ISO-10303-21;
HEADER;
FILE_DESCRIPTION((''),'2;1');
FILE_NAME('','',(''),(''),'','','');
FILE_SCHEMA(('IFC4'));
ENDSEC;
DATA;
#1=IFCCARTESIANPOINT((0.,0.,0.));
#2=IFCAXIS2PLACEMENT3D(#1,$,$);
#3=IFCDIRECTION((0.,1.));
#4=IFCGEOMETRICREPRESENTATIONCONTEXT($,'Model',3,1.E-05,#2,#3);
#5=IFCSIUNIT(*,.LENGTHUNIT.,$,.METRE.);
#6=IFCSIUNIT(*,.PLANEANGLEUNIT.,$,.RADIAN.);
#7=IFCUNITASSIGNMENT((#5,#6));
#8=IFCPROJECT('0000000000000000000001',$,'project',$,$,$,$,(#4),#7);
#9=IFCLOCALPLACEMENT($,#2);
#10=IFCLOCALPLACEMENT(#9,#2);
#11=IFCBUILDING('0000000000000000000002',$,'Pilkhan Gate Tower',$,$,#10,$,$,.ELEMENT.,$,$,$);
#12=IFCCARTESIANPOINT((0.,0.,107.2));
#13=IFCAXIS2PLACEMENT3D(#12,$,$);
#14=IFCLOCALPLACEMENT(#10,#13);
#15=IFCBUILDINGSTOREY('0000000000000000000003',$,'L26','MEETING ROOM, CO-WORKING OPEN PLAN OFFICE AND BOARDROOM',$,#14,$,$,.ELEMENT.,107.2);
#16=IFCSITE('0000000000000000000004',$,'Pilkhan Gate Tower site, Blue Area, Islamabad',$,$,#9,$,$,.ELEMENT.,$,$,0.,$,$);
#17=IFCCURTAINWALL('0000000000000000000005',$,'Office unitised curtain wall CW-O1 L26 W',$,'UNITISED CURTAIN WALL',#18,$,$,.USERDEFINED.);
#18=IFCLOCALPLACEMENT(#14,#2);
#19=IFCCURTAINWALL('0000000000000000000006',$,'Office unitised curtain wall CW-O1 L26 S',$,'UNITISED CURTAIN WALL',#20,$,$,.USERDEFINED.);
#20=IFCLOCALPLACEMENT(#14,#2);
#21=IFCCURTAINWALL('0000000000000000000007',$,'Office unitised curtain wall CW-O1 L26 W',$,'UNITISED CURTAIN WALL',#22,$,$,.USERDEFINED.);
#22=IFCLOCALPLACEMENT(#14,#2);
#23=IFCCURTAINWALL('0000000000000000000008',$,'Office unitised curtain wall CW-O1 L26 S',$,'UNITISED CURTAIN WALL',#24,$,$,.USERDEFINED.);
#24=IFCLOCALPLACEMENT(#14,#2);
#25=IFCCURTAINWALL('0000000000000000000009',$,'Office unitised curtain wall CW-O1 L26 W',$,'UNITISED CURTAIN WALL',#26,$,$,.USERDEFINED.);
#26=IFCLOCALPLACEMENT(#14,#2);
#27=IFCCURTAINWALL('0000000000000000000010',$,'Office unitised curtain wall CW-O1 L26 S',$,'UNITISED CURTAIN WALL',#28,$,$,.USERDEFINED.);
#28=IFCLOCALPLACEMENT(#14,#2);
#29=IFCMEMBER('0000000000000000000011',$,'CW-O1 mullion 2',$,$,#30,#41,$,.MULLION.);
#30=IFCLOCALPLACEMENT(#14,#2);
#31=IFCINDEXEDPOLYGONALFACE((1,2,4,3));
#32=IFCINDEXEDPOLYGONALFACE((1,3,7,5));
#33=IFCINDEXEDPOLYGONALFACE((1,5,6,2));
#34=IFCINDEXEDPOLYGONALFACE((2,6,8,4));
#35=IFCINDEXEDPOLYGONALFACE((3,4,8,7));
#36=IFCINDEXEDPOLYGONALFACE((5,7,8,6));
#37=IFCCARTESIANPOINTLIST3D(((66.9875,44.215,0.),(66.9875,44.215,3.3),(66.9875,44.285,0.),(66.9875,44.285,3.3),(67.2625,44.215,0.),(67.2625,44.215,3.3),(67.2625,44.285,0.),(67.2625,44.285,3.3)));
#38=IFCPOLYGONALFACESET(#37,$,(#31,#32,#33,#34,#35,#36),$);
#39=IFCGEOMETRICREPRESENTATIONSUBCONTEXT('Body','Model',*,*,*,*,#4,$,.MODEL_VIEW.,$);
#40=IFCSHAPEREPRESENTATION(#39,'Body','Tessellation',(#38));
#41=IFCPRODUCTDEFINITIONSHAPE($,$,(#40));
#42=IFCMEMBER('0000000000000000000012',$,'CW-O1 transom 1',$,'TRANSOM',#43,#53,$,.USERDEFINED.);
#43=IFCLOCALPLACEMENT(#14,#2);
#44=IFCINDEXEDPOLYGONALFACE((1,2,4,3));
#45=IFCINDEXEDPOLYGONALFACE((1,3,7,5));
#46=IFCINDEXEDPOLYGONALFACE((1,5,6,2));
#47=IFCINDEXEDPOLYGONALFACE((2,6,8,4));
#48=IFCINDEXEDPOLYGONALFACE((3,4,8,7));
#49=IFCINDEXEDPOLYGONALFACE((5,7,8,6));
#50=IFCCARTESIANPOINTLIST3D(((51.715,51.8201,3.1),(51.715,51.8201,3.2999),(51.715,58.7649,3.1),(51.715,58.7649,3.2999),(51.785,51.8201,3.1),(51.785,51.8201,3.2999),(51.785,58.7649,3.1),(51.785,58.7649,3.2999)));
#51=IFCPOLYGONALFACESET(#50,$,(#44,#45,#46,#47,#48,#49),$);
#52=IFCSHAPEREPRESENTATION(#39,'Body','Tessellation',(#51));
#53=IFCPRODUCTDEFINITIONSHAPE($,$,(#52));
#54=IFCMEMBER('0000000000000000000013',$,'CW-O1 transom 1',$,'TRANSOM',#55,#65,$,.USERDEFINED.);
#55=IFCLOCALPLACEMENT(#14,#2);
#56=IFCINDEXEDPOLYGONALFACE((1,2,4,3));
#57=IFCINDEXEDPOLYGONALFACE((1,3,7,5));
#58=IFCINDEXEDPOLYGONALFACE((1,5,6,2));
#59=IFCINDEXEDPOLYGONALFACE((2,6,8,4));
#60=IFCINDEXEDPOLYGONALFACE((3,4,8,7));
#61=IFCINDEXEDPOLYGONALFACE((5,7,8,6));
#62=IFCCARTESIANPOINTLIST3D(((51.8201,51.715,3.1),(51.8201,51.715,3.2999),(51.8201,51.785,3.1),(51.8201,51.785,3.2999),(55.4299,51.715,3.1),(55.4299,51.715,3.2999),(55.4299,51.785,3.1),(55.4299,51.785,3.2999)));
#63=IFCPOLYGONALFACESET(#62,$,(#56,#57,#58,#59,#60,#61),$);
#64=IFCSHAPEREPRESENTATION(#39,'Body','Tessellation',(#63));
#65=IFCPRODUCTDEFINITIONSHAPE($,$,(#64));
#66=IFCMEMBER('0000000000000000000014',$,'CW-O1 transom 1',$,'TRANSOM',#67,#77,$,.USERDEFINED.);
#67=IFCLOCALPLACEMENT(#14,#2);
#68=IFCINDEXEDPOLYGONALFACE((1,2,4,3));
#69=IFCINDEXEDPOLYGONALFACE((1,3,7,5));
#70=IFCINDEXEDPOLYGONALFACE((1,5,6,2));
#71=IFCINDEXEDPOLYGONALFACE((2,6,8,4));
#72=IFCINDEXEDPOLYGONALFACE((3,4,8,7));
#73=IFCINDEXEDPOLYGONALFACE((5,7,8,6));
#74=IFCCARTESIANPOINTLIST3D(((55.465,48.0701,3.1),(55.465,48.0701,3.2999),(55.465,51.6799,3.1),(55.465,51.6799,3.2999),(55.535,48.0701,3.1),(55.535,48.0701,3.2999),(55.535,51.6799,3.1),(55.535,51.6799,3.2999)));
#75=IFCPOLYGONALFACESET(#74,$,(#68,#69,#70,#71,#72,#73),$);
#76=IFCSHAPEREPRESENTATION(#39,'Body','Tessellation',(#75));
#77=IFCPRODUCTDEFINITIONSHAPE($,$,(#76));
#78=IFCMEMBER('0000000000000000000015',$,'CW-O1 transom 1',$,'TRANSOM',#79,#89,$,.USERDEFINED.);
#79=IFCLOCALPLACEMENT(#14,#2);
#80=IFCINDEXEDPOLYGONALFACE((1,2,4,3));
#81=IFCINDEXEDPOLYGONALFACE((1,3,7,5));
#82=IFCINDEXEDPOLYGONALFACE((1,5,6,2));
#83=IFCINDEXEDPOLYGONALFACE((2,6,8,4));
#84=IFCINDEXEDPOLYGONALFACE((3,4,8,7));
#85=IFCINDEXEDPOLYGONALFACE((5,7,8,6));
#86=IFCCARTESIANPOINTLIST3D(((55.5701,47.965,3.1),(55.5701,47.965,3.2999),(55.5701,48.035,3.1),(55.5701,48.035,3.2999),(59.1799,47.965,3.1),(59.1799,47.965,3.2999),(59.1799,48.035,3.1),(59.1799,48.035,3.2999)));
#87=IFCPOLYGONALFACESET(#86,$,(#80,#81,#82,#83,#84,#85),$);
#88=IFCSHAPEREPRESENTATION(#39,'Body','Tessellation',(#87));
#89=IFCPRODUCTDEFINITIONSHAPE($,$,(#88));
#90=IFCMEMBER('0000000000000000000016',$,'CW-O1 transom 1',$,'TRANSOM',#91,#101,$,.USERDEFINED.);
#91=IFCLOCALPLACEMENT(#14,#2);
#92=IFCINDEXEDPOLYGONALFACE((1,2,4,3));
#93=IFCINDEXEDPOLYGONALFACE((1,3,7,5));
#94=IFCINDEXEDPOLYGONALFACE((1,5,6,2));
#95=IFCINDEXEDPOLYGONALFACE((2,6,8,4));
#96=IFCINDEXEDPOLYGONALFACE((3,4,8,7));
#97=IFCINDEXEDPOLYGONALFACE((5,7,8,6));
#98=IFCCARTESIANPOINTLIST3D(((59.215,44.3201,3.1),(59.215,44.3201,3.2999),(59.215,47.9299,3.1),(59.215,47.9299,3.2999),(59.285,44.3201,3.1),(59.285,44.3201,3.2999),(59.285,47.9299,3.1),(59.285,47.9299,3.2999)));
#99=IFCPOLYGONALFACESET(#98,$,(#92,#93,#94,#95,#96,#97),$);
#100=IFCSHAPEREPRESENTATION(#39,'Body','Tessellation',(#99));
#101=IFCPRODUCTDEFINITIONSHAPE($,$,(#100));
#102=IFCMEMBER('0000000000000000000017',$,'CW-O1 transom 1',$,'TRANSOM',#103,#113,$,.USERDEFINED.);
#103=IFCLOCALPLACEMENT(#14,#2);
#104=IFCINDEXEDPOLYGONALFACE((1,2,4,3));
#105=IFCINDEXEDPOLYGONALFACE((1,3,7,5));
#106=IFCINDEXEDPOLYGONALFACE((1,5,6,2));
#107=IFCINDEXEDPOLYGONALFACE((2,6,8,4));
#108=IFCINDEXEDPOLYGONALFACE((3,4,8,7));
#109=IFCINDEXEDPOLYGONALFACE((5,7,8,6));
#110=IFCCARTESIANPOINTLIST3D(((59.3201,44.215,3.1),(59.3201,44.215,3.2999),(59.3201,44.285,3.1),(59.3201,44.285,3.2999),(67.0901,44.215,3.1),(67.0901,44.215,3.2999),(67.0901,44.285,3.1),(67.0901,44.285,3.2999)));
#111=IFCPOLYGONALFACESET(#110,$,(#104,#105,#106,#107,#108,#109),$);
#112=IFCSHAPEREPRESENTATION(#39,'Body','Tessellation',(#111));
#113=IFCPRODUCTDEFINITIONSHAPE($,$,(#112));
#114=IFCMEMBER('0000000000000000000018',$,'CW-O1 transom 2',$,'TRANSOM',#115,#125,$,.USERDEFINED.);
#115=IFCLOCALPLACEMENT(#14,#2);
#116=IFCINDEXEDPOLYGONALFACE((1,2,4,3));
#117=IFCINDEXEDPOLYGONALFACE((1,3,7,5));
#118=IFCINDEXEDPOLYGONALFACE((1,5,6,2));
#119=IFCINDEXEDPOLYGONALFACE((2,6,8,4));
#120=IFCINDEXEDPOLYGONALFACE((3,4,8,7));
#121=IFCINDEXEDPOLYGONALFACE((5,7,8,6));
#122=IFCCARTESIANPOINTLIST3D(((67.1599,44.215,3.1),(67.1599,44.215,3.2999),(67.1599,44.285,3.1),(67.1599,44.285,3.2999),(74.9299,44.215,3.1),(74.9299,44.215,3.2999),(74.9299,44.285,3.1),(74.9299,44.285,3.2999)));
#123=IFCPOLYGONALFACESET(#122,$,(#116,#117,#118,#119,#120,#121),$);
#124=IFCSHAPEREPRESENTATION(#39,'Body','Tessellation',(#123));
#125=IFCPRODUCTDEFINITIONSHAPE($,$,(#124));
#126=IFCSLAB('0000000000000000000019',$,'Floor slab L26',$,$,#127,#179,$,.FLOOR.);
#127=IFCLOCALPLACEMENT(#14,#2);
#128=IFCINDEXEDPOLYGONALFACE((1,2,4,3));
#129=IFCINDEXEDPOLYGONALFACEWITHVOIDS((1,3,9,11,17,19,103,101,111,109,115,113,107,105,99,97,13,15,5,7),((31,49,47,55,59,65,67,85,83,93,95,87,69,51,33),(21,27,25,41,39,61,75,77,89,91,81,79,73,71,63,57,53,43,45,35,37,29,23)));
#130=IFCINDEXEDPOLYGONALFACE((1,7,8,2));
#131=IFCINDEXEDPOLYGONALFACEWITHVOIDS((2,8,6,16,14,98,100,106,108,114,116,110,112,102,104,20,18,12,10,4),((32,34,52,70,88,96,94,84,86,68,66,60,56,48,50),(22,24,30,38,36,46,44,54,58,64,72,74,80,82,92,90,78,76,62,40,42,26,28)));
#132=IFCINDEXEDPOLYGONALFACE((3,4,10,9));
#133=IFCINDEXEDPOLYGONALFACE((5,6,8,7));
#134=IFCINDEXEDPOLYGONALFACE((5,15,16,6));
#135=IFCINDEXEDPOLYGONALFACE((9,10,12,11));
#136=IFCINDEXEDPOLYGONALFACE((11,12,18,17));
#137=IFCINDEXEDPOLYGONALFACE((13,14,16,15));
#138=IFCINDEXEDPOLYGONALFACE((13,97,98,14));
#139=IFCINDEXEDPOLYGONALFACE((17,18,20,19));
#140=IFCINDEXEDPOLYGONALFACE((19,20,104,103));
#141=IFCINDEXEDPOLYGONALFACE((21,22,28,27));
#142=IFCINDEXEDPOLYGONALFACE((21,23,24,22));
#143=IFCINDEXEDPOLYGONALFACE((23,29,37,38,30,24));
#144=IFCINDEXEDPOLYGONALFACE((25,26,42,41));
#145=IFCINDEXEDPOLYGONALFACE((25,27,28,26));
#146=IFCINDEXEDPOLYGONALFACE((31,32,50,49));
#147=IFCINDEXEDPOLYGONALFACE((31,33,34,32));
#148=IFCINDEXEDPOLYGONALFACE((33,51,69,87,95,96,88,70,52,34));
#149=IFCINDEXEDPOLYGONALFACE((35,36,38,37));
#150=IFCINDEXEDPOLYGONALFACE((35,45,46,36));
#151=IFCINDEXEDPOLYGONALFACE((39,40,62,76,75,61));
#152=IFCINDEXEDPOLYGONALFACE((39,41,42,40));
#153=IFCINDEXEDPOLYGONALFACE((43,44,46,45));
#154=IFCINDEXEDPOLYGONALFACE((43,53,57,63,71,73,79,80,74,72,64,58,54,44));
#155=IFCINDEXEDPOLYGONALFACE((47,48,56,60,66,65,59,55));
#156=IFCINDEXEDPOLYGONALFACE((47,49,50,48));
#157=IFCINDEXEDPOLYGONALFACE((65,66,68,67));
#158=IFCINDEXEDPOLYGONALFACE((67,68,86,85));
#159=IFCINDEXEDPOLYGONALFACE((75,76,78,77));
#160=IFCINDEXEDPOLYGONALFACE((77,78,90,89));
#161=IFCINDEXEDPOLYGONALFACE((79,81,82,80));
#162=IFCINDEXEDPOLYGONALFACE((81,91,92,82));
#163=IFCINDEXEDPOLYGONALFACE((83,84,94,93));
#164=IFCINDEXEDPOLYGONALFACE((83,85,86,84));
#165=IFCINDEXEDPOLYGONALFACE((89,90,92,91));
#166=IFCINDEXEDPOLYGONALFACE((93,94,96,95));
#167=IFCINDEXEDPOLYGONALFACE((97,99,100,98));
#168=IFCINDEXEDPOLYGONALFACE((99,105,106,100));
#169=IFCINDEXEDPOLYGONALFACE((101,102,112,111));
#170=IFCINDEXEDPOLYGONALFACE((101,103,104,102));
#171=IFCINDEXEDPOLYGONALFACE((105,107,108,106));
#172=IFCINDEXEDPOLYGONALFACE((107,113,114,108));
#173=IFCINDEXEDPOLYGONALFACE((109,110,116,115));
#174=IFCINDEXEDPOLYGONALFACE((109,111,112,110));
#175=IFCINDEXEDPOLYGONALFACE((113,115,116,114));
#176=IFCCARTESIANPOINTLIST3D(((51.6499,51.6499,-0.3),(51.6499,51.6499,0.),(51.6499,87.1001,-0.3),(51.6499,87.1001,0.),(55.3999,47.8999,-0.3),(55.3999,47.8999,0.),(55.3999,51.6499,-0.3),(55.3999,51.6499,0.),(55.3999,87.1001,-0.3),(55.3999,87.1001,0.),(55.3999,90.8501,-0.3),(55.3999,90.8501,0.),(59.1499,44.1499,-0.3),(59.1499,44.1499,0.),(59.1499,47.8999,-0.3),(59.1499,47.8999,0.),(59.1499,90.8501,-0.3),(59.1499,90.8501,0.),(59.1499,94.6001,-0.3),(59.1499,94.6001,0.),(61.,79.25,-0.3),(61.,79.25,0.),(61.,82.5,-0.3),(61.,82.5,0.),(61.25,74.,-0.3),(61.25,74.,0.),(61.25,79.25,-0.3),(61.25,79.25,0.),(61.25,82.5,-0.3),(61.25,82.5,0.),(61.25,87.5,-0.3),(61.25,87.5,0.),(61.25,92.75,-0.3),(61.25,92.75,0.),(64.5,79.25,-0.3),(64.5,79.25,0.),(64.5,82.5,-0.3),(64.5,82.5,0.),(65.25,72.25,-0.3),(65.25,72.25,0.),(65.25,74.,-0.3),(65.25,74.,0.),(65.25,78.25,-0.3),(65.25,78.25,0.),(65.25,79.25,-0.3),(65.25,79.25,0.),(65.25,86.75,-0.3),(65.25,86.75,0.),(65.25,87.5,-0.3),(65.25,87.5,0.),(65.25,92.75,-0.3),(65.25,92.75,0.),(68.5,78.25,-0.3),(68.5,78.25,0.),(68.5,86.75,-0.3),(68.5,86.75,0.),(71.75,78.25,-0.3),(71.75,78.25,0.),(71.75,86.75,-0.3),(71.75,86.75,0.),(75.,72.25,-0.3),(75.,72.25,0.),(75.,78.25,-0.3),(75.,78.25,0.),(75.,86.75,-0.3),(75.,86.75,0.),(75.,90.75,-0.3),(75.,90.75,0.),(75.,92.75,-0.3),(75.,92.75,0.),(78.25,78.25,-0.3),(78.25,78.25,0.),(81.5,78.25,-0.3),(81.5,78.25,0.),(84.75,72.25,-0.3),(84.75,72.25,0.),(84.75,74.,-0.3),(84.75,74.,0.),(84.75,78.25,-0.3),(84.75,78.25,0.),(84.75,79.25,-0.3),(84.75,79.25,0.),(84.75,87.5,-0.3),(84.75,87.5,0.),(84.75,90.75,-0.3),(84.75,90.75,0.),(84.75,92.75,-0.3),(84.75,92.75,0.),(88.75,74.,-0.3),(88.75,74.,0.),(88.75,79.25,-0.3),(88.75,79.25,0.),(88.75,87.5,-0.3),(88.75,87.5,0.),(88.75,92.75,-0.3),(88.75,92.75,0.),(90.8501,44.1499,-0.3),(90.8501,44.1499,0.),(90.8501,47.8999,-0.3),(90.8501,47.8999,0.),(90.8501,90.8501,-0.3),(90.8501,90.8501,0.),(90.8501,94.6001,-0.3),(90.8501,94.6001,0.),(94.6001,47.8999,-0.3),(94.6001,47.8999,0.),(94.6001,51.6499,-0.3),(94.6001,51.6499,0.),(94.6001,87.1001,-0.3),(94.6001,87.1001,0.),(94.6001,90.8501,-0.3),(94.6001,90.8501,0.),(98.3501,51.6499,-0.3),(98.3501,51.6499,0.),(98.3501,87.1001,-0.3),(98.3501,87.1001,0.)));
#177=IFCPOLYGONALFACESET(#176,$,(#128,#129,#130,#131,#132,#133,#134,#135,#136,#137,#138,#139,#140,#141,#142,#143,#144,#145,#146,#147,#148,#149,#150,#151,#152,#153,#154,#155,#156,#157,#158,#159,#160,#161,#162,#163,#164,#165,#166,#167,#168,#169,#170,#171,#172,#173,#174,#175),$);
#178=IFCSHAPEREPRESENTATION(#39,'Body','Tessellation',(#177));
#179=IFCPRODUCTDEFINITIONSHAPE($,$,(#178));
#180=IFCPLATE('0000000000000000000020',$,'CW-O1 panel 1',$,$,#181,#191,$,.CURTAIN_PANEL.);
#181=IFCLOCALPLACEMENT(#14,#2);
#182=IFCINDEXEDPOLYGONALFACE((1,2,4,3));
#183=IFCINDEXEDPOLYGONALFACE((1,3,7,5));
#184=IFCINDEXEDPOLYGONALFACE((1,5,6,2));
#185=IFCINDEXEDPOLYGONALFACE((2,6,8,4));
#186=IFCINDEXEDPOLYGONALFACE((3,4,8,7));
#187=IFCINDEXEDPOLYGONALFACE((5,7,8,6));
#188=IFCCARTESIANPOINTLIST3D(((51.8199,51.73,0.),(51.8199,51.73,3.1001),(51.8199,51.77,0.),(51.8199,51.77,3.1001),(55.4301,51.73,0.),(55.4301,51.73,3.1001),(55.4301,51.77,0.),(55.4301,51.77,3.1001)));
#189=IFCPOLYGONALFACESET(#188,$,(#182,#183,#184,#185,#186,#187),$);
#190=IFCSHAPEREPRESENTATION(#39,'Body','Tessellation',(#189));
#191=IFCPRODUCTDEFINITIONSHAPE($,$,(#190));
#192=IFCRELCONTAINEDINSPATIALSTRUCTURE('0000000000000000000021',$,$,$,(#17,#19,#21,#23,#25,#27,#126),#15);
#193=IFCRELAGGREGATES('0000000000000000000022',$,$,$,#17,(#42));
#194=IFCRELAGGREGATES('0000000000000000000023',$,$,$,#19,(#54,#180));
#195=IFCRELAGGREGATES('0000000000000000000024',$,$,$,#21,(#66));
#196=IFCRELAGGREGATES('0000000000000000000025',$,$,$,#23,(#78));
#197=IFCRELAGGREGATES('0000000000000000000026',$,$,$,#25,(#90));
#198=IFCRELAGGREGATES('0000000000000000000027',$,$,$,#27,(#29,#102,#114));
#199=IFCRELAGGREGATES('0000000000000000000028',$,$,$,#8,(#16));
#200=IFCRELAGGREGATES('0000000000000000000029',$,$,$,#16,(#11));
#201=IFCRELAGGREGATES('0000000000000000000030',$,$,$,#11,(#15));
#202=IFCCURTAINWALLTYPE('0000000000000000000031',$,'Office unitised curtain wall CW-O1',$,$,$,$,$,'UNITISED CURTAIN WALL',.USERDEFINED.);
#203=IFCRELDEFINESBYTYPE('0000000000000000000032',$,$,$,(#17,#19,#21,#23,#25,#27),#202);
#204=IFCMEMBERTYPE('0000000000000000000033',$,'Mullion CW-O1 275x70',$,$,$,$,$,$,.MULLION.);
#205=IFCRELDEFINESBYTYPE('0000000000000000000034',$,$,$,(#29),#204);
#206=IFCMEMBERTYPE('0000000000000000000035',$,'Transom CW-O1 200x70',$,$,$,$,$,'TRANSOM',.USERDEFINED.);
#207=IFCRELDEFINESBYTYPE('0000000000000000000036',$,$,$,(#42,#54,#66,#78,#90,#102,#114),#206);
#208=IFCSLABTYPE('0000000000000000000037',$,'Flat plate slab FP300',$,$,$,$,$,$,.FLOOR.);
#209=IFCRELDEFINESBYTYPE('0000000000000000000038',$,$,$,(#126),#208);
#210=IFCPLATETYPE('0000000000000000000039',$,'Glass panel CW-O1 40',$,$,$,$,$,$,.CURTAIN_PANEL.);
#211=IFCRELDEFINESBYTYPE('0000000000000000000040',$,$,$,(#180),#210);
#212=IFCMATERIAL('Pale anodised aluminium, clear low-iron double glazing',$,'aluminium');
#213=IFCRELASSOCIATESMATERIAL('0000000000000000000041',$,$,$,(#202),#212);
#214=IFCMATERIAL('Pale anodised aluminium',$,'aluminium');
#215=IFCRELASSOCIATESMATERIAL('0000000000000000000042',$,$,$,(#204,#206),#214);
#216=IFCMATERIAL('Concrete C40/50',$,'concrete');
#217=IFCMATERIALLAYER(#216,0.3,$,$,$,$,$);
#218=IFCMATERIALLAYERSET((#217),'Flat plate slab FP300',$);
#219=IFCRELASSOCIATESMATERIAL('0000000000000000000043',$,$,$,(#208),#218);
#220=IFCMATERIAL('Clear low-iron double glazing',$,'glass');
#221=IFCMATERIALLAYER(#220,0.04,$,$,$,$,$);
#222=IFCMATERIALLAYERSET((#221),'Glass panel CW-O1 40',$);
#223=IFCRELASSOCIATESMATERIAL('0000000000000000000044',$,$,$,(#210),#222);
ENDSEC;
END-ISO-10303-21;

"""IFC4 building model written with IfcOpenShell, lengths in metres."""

from ifc_helpers import new_model, si_unit, direction, frame, origin, origin_2d, place, context, subcontext, project, spatial, polyline, rectangle, outline, extrude, material, layer, layer_set, material_profile, profile_set, type_object, element, aggregate, save


model = new_model("IFC4")

# Units and contexts
model_context = context("Model", 3, precision=1e-05, world=origin(), true_north=direction((0.0, 1.0)))
body_context = subcontext(model_context, "Body", "Model", "MODEL_VIEW")
ifc_project = project(units=[si_unit("LENGTHUNIT", "METRE"), si_unit("PLANEANGLEUNIT", "RADIAN")], contexts=[model_context])

# Site, building, storey
site_placement = place(None, origin())
site = spatial("IfcSite", under=ifc_project, at=site_placement, Name="Pilkhan Gate Tower site, Blue Area, Islamabad", CompositionType="ELEMENT", RefElevation=0.0)
building_placement = place(site_placement, origin())
building = spatial("IfcBuilding", under=site, at=building_placement, Name="Pilkhan Gate Tower", CompositionType="ELEMENT")
storey_placement = place(building_placement, frame((0.0, 0.0, 107.2)))
storey = spatial("IfcBuildingStorey", under=building, at=storey_placement, Name="L26", Description="MEETING ROOM, CO-WORKING OPEN PLAN OFFICE AND BOARDROOM", CompositionType="ELEMENT", Elevation=107.2)

# Curtain wall
ifc_material_1 = material(Name="Pale anodised aluminium, clear low-iron double glazing", Category="aluminium")
curtain_wall_type = type_object("IfcCurtainWallType", Name="Office unitised curtain wall CW-O1", ElementType="UNITISED CURTAIN WALL", PredefinedType="USERDEFINED", material=ifc_material_1)
curtain_wall_1_placement = place(storey_placement, origin())
curtain_wall_1 = element("IfcCurtainWall", 1, at=curtain_wall_1_placement, inside=storey, type_object=curtain_wall_type, Name="Office unitised curtain wall CW-O1 L26 W", ObjectType="UNITISED CURTAIN WALL", PredefinedType="USERDEFINED")
ifc_material_2 = material(Name="Pale anodised aluminium", Category="aluminium")
ifc_material_profile_1 = material_profile(ifc_material_2, rectangle(XDim=0.0701, YDim=0.2749, at=origin_2d()), Name="Mullion 275x70")
ifc_profile_set_1 = profile_set([ifc_material_profile_1], Name="Pale anodised aluminium")
member_type_1 = type_object("IfcMemberType", Name="Mullion CW-O1 275x70", PredefinedType="MULLION", material=ifc_profile_set_1)

# Curtain walls, member
curtain_wall_2_placement = place(storey_placement, origin())
curtain_wall_2 = element("IfcCurtainWall", 2, at=curtain_wall_2_placement, inside=storey, type_object=curtain_wall_type, Name="Office unitised curtain wall CW-O1 L26 S", ObjectType="UNITISED CURTAIN WALL", PredefinedType="USERDEFINED")
curtain_wall_3_placement = place(storey_placement, origin())
curtain_wall_3 = element("IfcCurtainWall", 3, at=curtain_wall_3_placement, inside=storey, type_object=curtain_wall_type, Name="Office unitised curtain wall CW-O1 L26 W", ObjectType="UNITISED CURTAIN WALL", PredefinedType="USERDEFINED")
curtain_wall_4_placement = place(storey_placement, origin())
curtain_wall_4 = element("IfcCurtainWall", 4, at=curtain_wall_4_placement, inside=storey, type_object=curtain_wall_type, Name="Office unitised curtain wall CW-O1 L26 S", ObjectType="UNITISED CURTAIN WALL", PredefinedType="USERDEFINED")
curtain_wall_5_placement = place(storey_placement, origin())
curtain_wall_5 = element("IfcCurtainWall", 5, at=curtain_wall_5_placement, inside=storey, type_object=curtain_wall_type, Name="Office unitised curtain wall CW-O1 L26 W", ObjectType="UNITISED CURTAIN WALL", PredefinedType="USERDEFINED")
curtain_wall_6_placement = place(storey_placement, origin())
curtain_wall_6 = element("IfcCurtainWall", 6, at=curtain_wall_6_placement, inside=storey, type_object=curtain_wall_type, Name="Office unitised curtain wall CW-O1 L26 S", ObjectType="UNITISED CURTAIN WALL", PredefinedType="USERDEFINED")
member_1_placement = place(storey_placement, frame((67.125, 44.25, 0.0), z_axis=(0.0, 0.0, 1.0), x_axis=(0.0, 1.0, 0.0)))
member_1 = element("IfcMember", 7, at=member_1_placement, type_object=member_type_1, Name="CW-O1 mullion 2", PredefinedType="MULLION", context=body_context, shape_type="SweptSolid", body=[
    extrude(rectangle(XDim=0.0701, YDim=0.2749, at=origin_2d()), origin(), (0.0, 0.0, 1.0), 3.3),
])

# Members
ifc_material_profile_2 = material_profile(ifc_material_2, rectangle(XDim=0.0701, YDim=0.2, at=origin_2d()), Name="Transom 200x70")
ifc_profile_set_2 = profile_set([ifc_material_profile_2], Name="Pale anodised aluminium")
member_type_2 = type_object("IfcMemberType", Name="Transom CW-O1 200x70", ElementType="TRANSOM", PredefinedType="USERDEFINED", material=ifc_profile_set_2)
member_2_placement = place(storey_placement, frame((51.75, 51.8201, 3.2), z_axis=(0.0, 1.0, 0.0), x_axis=(-1.0, 0.0, 0.0)))
member_2 = element("IfcMember", 8, at=member_2_placement, type_object=member_type_2, Name="CW-O1 transom 1", ObjectType="TRANSOM", PredefinedType="USERDEFINED", context=body_context, shape_type="SweptSolid", body=[
    extrude(rectangle(XDim=0.0701, YDim=0.2, at=origin_2d()), origin(), (0.0, 0.0, 1.0), 6.9448),
])
aggregate(curtain_wall_1, [member_2])
member_3_placement = place(storey_placement, frame((51.8201, 51.75, 3.2), z_axis=(1.0, 0.0, 0.0), x_axis=(0.0, 1.0, 0.0)))
member_3 = element("IfcMember", 9, at=member_3_placement, type_object=member_type_2, Name="CW-O1 transom 1", ObjectType="TRANSOM", PredefinedType="USERDEFINED", context=body_context, shape_type="SweptSolid", body=[
    extrude(rectangle(XDim=0.0701, YDim=0.2, at=origin_2d()), origin(), (0.0, 0.0, 1.0), 3.6099),
])
member_4_placement = place(storey_placement, frame((55.5, 48.0701, 3.2), z_axis=(0.0, 1.0, 0.0), x_axis=(-1.0, 0.0, 0.0)))
member_4 = element("IfcMember", 10, at=member_4_placement, type_object=member_type_2, Name="CW-O1 transom 1", ObjectType="TRANSOM", PredefinedType="USERDEFINED", context=body_context, shape_type="SweptSolid", body=[
    extrude(rectangle(XDim=0.0701, YDim=0.2, at=origin_2d()), origin(), (0.0, 0.0, 1.0), 3.6099),
])
member_5_placement = place(storey_placement, frame((55.5701, 48.0, 3.2), z_axis=(1.0, 0.0, 0.0), x_axis=(0.0, 1.0, 0.0)))
member_5 = element("IfcMember", 11, at=member_5_placement, type_object=member_type_2, Name="CW-O1 transom 1", ObjectType="TRANSOM", PredefinedType="USERDEFINED", context=body_context, shape_type="SweptSolid", body=[
    extrude(rectangle(XDim=0.0701, YDim=0.2, at=origin_2d()), origin(), (0.0, 0.0, 1.0), 3.6099),
])
member_6_placement = place(storey_placement, frame((59.25, 44.3201, 3.2), z_axis=(0.0, 1.0, 0.0), x_axis=(-1.0, 0.0, 0.0)))
member_6 = element("IfcMember", 12, at=member_6_placement, type_object=member_type_2, Name="CW-O1 transom 1", ObjectType="TRANSOM", PredefinedType="USERDEFINED", context=body_context, shape_type="SweptSolid", body=[
    extrude(rectangle(XDim=0.0701, YDim=0.2, at=origin_2d()), origin(), (0.0, 0.0, 1.0), 3.6099),
])
member_7_placement = place(storey_placement, frame((59.3201, 44.25, 3.2), z_axis=(1.0, 0.0, 0.0), x_axis=(0.0, 1.0, 0.0)))
member_7 = element("IfcMember", 13, at=member_7_placement, type_object=member_type_2, Name="CW-O1 transom 1", ObjectType="TRANSOM", PredefinedType="USERDEFINED", context=body_context, shape_type="SweptSolid", body=[
    extrude(rectangle(XDim=0.0701, YDim=0.2, at=origin_2d()), origin(), (0.0, 0.0, 1.0), 7.77),
])
member_8_placement = place(storey_placement, frame((67.1599, 44.25, 3.2), z_axis=(1.0, 0.0, 0.0), x_axis=(0.0, 1.0, 0.0)))
member_8 = element("IfcMember", 14, at=member_8_placement, type_object=member_type_2, Name="CW-O1 transom 2", ObjectType="TRANSOM", PredefinedType="USERDEFINED", context=body_context, shape_type="SweptSolid", body=[
    extrude(rectangle(XDim=0.0701, YDim=0.2, at=origin_2d()), origin(), (0.0, 0.0, 1.0), 7.77),
])

# Slab
ifc_material_3 = material(Name="Concrete C40/50", Category="concrete")
ifc_layer_1 = layer(ifc_material_3, 0.3)
ifc_layer_set_1 = layer_set([ifc_layer_1], Name="Flat plate slab FP300")
slab_type_1 = type_object("IfcSlabType", Name="Flat plate slab FP300", PredefinedType="FLOOR", material=ifc_layer_set_1)
slab_1_placement = place(storey_placement, frame((0.0, 0.0, -0.3)))
element("IfcSlab", 15, at=slab_1_placement, inside=storey, type_object=slab_type_1, Name="Floor slab L26", PredefinedType="FLOOR", context=body_context, shape_type="SweptSolid", body=[
    extrude(outline(polyline([(94.6001, 47.8999), (90.8501, 47.8999), (90.8501, 44.1499), (59.1499, 44.1499), (59.1499, 47.8999), (55.3999, 47.8999), (55.3999, 51.6499), (51.6499, 51.6499), (51.6499, 87.1001), (55.3999, 87.1001), (55.3999, 90.8501), (59.1499, 90.8501), (59.1499, 94.6001), (90.8501, 94.6001), (90.8501, 90.8501), (94.6001, 90.8501), (94.6001, 87.1001), (98.3501, 87.1001), (98.3501, 51.6499), (94.6001, 51.6499), (94.6001, 47.8999)]), holes=[polyline([(65.25, 87.5), (65.25, 86.75), (68.5, 86.75), (71.75, 86.75), (75.0, 86.75), (75.0, 90.75), (84.75, 90.75), (84.75, 87.5), (88.75, 87.5), (88.75, 92.75), (84.75, 92.75), (75.0, 92.75), (65.25, 92.75), (61.25, 92.75), (61.25, 87.5), (65.25, 87.5)]), polyline([(75.0, 72.25), (84.75, 72.25), (84.75, 74.0), (88.75, 74.0), (88.75, 79.25), (84.75, 79.25), (84.75, 78.25), (81.5, 78.25), (78.25, 78.25), (75.0, 78.25), (71.75, 78.25), (68.5, 78.25), (65.25, 78.25), (65.25, 79.25), (64.5, 79.25), (64.5, 82.5), (61.25, 82.5), (61.0, 82.5), (61.0, 79.25), (61.25, 79.25), (61.25, 74.0), (65.25, 74.0), (65.25, 72.25), (75.0, 72.25)])]), origin(), (0.0, 0.0, 1.0), 0.3),
])

# Plate
ifc_material_4 = material(Name="Clear low-iron double glazing", Category="glass")
ifc_layer_2 = layer(ifc_material_4, 0.04)
ifc_layer_set_2 = layer_set([ifc_layer_2], Name="Glass panel CW-O1 40")
plate_type = type_object("IfcPlateType", Name="Glass panel CW-O1 40", PredefinedType="CURTAIN_PANEL", material=ifc_layer_set_2)
plate_1_placement = place(storey_placement, frame((53.625, 51.75, 0.0), z_axis=(0.0, 0.0, 1.0), x_axis=(1.0, 0.0, 0.0)))
plate_1 = element("IfcPlate", 16, at=plate_1_placement, type_object=plate_type, Name="CW-O1 panel 1", PredefinedType="CURTAIN_PANEL", context=body_context, shape_type="SweptSolid", body=[
    extrude(rectangle(XDim=3.6101, YDim=0.04, at=origin_2d()), origin(), (0.0, 0.0, 1.0), 3.1001),
])
aggregate(curtain_wall_2, [member_3, plate_1])
aggregate(curtain_wall_3, [member_4])
aggregate(curtain_wall_4, [member_5])
aggregate(curtain_wall_5, [member_6])
aggregate(curtain_wall_6, [member_1, member_7, member_8])

save(model, "model.ifc")
